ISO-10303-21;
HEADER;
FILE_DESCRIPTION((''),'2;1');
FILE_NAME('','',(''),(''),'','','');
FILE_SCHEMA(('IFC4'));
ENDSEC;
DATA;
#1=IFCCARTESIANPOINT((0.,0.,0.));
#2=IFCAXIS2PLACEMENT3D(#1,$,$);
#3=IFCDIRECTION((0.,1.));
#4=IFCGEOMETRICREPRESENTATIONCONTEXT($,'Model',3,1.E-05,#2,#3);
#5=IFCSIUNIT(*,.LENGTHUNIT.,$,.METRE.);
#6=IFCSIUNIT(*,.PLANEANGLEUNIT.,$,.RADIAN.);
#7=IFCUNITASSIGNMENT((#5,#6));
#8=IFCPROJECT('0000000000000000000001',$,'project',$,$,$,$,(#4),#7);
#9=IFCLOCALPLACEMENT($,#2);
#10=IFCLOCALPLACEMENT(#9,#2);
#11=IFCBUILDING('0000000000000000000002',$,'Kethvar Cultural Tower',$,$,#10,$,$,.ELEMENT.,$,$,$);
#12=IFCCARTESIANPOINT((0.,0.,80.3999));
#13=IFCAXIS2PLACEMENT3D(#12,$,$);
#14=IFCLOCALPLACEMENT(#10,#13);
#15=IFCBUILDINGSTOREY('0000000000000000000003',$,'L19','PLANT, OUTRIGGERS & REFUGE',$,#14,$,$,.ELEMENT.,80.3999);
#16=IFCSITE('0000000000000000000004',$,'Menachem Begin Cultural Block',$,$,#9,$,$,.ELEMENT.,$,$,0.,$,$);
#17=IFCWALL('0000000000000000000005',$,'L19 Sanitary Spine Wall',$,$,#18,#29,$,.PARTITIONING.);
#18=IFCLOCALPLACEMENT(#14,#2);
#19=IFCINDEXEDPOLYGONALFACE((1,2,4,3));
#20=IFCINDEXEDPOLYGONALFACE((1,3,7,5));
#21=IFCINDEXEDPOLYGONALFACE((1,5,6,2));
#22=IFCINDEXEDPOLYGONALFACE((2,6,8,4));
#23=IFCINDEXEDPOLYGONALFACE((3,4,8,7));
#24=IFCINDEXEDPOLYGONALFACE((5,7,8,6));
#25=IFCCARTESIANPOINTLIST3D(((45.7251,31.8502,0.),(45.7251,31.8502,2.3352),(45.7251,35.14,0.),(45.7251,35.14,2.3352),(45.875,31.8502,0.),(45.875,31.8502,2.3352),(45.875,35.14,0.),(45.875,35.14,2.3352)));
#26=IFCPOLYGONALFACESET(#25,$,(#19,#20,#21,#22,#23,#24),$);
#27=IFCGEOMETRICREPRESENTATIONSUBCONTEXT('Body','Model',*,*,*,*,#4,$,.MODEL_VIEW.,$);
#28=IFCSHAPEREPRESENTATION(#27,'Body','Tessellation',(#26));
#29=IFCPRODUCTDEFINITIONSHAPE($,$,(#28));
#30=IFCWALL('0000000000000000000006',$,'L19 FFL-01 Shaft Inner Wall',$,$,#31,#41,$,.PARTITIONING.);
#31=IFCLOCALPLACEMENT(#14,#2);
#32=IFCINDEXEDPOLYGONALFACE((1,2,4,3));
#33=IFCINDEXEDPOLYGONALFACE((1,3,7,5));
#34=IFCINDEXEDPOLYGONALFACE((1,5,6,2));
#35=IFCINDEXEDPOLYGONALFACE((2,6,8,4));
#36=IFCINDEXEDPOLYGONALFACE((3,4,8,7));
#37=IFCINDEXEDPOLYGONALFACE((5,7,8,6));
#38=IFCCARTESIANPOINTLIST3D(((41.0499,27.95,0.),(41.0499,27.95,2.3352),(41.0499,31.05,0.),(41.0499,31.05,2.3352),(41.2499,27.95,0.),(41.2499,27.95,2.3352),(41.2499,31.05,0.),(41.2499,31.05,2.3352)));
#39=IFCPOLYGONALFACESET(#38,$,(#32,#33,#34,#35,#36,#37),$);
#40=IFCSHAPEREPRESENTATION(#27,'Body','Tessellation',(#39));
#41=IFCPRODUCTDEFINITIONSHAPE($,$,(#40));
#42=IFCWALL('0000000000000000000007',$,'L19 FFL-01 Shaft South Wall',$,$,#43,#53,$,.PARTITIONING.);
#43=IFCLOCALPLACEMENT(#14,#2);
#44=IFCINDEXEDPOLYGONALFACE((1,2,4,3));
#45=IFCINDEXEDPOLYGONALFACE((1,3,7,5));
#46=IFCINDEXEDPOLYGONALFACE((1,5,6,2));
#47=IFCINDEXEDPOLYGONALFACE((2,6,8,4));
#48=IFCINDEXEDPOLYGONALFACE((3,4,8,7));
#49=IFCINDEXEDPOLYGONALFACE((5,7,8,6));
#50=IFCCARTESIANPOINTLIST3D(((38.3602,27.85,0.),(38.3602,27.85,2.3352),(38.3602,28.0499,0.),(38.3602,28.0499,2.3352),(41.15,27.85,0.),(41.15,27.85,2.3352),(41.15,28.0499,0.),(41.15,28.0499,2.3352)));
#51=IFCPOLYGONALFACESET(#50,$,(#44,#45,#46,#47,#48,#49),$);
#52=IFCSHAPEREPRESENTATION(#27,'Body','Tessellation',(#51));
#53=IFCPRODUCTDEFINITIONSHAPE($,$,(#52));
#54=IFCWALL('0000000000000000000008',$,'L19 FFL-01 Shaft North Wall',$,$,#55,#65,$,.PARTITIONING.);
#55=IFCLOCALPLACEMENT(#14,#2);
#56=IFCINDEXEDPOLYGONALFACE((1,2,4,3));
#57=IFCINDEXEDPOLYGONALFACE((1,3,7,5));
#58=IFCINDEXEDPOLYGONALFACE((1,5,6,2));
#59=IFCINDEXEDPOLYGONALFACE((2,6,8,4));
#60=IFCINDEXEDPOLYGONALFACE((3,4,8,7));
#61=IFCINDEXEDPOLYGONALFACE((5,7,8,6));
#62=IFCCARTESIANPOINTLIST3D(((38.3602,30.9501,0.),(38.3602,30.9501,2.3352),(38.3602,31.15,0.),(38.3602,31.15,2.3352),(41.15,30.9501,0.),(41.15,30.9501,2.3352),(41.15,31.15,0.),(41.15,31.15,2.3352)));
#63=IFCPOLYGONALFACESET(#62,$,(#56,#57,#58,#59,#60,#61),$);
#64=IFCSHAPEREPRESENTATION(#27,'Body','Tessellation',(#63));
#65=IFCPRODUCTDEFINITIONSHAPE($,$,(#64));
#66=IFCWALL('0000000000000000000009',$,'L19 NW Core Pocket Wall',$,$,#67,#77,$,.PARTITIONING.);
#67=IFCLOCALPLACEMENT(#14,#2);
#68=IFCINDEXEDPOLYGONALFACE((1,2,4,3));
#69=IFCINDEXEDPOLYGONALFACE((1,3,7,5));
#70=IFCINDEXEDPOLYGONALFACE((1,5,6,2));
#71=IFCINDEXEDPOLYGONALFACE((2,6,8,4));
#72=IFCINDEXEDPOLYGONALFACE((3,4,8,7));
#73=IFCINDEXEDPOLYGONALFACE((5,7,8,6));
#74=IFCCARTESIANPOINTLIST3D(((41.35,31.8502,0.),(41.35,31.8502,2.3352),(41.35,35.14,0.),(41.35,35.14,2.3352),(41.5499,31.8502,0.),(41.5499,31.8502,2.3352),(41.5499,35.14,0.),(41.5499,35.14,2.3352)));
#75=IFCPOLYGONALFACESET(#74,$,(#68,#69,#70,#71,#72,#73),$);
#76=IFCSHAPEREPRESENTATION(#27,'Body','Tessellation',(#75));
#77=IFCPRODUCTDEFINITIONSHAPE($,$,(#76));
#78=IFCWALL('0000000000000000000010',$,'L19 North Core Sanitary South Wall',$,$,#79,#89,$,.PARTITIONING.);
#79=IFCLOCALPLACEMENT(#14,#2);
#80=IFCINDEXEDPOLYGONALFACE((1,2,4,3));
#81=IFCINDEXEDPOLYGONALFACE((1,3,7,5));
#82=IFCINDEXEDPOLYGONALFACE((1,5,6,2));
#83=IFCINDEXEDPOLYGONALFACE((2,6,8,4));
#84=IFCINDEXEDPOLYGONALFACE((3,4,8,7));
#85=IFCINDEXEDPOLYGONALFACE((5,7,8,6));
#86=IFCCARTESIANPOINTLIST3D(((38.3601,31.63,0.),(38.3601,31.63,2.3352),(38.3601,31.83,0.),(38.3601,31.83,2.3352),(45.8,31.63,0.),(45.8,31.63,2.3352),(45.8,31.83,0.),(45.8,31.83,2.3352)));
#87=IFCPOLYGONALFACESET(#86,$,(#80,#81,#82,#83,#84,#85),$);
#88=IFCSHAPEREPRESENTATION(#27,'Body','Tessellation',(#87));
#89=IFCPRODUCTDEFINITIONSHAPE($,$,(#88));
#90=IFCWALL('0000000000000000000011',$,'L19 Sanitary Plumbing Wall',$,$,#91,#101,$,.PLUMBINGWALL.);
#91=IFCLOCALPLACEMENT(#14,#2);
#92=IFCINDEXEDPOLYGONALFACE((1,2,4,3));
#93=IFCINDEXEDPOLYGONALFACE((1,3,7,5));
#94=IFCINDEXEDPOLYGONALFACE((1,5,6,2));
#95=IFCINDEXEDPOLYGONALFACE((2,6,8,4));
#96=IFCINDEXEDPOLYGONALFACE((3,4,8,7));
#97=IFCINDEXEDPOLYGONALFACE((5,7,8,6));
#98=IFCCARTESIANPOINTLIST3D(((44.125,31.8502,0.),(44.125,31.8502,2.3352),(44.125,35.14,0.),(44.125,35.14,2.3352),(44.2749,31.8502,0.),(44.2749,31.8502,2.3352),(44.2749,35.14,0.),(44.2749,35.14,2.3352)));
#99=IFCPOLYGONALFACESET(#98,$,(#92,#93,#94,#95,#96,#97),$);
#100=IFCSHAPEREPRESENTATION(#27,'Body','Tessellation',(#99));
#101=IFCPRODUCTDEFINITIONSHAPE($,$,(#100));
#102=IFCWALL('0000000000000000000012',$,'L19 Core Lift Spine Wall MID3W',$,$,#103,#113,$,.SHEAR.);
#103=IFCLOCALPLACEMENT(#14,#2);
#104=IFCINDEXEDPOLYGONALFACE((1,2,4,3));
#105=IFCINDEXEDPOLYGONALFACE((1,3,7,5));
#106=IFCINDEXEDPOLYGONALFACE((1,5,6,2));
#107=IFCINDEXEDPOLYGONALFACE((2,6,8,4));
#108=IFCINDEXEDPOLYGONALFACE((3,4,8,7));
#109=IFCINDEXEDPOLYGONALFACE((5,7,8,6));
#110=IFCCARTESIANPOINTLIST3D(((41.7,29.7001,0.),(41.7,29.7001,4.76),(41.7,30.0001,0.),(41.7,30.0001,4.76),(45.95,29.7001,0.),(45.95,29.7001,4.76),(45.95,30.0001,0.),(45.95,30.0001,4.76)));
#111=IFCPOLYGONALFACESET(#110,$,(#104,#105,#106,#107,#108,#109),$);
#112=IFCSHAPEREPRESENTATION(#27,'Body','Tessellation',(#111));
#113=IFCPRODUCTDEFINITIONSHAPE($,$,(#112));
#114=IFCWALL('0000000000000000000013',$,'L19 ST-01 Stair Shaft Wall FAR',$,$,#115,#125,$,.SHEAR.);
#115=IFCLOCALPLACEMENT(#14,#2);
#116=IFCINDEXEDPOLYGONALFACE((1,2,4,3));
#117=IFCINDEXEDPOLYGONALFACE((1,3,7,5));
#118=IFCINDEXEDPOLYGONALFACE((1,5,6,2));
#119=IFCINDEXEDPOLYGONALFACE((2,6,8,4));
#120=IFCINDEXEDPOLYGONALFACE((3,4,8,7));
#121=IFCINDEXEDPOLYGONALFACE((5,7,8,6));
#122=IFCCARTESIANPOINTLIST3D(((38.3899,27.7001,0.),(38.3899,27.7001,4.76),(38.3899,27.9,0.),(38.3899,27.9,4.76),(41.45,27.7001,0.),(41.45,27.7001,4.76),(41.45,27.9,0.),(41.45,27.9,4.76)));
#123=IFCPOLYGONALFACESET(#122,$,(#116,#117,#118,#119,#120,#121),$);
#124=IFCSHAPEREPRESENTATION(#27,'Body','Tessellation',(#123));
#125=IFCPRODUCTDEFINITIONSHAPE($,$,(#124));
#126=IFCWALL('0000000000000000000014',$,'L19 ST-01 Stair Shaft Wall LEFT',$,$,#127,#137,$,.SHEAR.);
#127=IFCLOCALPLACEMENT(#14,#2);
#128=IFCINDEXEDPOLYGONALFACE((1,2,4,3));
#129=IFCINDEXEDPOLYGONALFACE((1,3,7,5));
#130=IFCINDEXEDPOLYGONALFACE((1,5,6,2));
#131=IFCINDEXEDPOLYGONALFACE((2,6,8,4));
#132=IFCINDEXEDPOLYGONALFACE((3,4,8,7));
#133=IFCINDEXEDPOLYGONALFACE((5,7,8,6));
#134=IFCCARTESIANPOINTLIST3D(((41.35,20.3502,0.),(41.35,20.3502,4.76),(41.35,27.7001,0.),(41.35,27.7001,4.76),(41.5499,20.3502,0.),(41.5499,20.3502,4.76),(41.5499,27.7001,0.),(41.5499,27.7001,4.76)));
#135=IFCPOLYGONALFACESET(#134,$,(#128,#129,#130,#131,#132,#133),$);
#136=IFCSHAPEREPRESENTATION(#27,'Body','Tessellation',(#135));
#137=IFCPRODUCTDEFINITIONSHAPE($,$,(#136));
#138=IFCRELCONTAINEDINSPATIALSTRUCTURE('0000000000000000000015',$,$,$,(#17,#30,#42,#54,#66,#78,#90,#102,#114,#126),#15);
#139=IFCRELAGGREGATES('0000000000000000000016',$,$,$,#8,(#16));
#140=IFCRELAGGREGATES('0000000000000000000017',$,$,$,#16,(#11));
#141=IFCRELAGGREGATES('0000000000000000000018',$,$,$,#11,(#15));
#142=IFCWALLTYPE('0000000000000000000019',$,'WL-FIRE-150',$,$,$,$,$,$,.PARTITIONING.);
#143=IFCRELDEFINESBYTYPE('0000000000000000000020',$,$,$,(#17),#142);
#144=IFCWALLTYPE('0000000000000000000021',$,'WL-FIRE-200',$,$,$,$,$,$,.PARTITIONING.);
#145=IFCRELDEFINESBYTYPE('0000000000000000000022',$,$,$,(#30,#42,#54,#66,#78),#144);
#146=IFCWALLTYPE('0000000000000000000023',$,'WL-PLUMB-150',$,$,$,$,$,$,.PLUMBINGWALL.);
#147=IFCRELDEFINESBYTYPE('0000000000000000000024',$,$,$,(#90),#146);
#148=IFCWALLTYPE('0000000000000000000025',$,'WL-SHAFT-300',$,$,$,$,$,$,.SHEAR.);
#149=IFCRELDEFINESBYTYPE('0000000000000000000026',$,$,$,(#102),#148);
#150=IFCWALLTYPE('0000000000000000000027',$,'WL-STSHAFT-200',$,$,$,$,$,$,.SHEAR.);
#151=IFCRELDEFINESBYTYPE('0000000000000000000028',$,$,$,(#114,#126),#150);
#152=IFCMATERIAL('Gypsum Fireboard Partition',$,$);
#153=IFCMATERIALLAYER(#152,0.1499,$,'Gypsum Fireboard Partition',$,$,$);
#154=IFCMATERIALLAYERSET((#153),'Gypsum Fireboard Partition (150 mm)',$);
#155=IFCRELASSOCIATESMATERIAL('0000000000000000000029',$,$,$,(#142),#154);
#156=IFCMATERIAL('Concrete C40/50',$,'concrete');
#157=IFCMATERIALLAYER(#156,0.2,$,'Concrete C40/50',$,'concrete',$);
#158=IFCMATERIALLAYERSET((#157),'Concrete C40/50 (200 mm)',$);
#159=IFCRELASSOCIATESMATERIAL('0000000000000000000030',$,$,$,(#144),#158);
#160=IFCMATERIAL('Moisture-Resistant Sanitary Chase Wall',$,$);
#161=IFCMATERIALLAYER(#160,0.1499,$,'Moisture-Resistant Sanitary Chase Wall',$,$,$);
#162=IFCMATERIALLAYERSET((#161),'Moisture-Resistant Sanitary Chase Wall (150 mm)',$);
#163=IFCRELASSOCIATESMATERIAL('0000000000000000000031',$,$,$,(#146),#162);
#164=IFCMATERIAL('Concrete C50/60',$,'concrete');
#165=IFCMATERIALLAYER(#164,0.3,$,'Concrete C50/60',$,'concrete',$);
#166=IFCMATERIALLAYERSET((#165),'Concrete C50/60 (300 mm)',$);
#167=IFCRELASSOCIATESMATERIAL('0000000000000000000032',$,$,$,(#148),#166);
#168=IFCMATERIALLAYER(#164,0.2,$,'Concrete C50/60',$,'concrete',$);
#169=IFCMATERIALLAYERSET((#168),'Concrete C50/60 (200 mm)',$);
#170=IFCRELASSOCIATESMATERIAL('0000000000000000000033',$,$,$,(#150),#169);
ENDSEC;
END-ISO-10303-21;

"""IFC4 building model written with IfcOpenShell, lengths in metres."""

from ifc_helpers import new_model, si_unit, direction, frame, frame_2d, origin, place, context, subcontext, project, spatial, rectangle, extrude, material, layer, layer_set, type_object, element, save


model = new_model("IFC4")

# Units and contexts
model_context = context("Model", 3, precision=1e-05, world=origin(), true_north=direction((0.0, 1.0)))
body_context = subcontext(model_context, "Body", "Model", "MODEL_VIEW")
ifc_project = project(units=[si_unit("LENGTHUNIT", "METRE"), si_unit("PLANEANGLEUNIT", "RADIAN")], contexts=[model_context])

# Site, building, storey
site_placement = place(None, origin())
site = spatial("IfcSite", under=ifc_project, at=site_placement, Name="Menachem Begin Cultural Block", CompositionType="ELEMENT", RefElevation=0.0)
building_placement = place(site_placement, origin())
building = spatial("IfcBuilding", under=site, at=building_placement, Name="Kethvar Cultural Tower", CompositionType="ELEMENT")
storey_placement = place(building_placement, frame((0.0, 0.0, 80.3999)))
storey = spatial("IfcBuildingStorey", under=building, at=storey_placement, Name="L19", Description="PLANT, OUTRIGGERS & REFUGE", CompositionType="ELEMENT", Elevation=80.3999)

# Walls
ifc_material_1 = material(Name="Gypsum Fireboard Partition")
ifc_layer_1 = layer(ifc_material_1, 0.1499, Name="Gypsum Fireboard Partition")
ifc_layer_set_1 = layer_set([ifc_layer_1], Name="Gypsum Fireboard Partition (150 mm)")
wall_type_1 = type_object("IfcWallType", Name="WL-FIRE-150", PredefinedType="PARTITIONING", material=ifc_layer_set_1)
wall_1_placement = place(storey_placement, frame((45.8, 31.8501, 0.0), z_axis=(0.0, 0.0, 1.0), x_axis=(0.0, 1.0, 0.0)))
element("IfcWall", 1, at=wall_1_placement, inside=storey, type_object=wall_type_1, Name="L19 Sanitary Spine Wall", PredefinedType="PARTITIONING", context=body_context, shape_type="SweptSolid", body=[
    extrude(rectangle(XDim=3.2898, YDim=0.1499, at=frame_2d((1.645, 0.0))), origin(), (0.0, 0.0, 1.0), 2.3352),
])
ifc_material_2 = material(Name="Concrete C40/50", Category="concrete")
ifc_layer_2 = layer(ifc_material_2, 0.2, Name="Concrete C40/50", Category="concrete")
ifc_layer_set_2 = layer_set([ifc_layer_2], Name="Concrete C40/50 (200 mm)")
wall_type_2 = type_object("IfcWallType", Name="WL-FIRE-200", PredefinedType="PARTITIONING", material=ifc_layer_set_2)
wall_2_placement = place(storey_placement, frame((41.1499, 27.95, 0.0), z_axis=(0.0, 0.0, 1.0), x_axis=(0.0, 1.0, 0.0)))
element("IfcWall", 2, at=wall_2_placement, inside=storey, type_object=wall_type_2, Name="L19 FFL-01 Shaft Inner Wall", PredefinedType="PARTITIONING", context=body_context, shape_type="SweptSolid", body=[
    extrude(rectangle(XDim=3.1001, YDim=0.2, at=frame_2d((1.55, 0.0))), origin(), (0.0, 0.0, 1.0), 2.3352),
])
for number, where, z_axis, x_axis, name in (
    (3, (38.3601, 27.95, 0.0), (0.0, 0.0, 1.0), (1.0, 0.0, 0.0), "L19 FFL-01 Shaft South Wall"),
    (4, (38.3601, 31.05, 0.0), (0.0, 0.0, 1.0), (1.0, 0.0, 0.0), "L19 FFL-01 Shaft North Wall"),
):
    element("IfcWall", number, at=place(storey_placement, frame(where, z_axis=z_axis, x_axis=x_axis)), inside=storey, type_object=wall_type_2, Name=name, PredefinedType="PARTITIONING", context=body_context, shape_type="SweptSolid", body=[
        extrude(rectangle(XDim=2.7898, YDim=0.2, at=frame_2d((1.395, 0.0))), origin(), (0.0, 0.0, 1.0), 2.3352),
    ])
wall_3_placement = place(storey_placement, frame((41.45, 31.8501, 0.0), z_axis=(0.0, 0.0, 1.0), x_axis=(0.0, 1.0, 0.0)))
element("IfcWall", 5, at=wall_3_placement, inside=storey, type_object=wall_type_2, Name="L19 NW Core Pocket Wall", PredefinedType="PARTITIONING", context=body_context, shape_type="SweptSolid", body=[
    extrude(rectangle(XDim=3.2898, YDim=0.2, at=frame_2d((1.645, 0.0))), origin(), (0.0, 0.0, 1.0), 2.3352),
])
wall_4_placement = place(storey_placement, frame((38.3601, 31.73, 0.0), z_axis=(0.0, 0.0, 1.0), x_axis=(1.0, 0.0, 0.0)))
element("IfcWall", 6, at=wall_4_placement, inside=storey, type_object=wall_type_2, Name="L19 North Core Sanitary South Wall", PredefinedType="PARTITIONING", context=body_context, shape_type="SweptSolid", body=[
    extrude(rectangle(XDim=7.4399, YDim=0.2, at=frame_2d((3.72, 0.0))), origin(), (0.0, 0.0, 1.0), 2.3352),
])
ifc_material_3 = material(Name="Moisture-Resistant Sanitary Chase Wall")
ifc_layer_3 = layer(ifc_material_3, 0.1499, Name="Moisture-Resistant Sanitary Chase Wall")
ifc_layer_set_3 = layer_set([ifc_layer_3], Name="Moisture-Resistant Sanitary Chase Wall (150 mm)")
wall_type_3 = type_object("IfcWallType", Name="WL-PLUMB-150", PredefinedType="PLUMBINGWALL", material=ifc_layer_set_3)
wall_5_placement = place(storey_placement, frame((44.2, 31.8501, 0.0), z_axis=(0.0, 0.0, 1.0), x_axis=(0.0, 1.0, 0.0)))
element("IfcWall", 7, at=wall_5_placement, inside=storey, type_object=wall_type_3, Name="L19 Sanitary Plumbing Wall", PredefinedType="PLUMBINGWALL", context=body_context, shape_type="SweptSolid", body=[
    extrude(rectangle(XDim=3.2898, YDim=0.1499, at=frame_2d((1.645, 0.0))), origin(), (0.0, 0.0, 1.0), 2.3352),
])
ifc_material_4 = material(Name="Concrete C50/60", Category="concrete")
ifc_layer_4 = layer(ifc_material_4, 0.3, Name="Concrete C50/60", Category="concrete")
ifc_layer_set_4 = layer_set([ifc_layer_4], Name="Concrete C50/60 (300 mm)")
wall_type_4 = type_object("IfcWallType", Name="WL-SHAFT-300", PredefinedType="SHEAR", material=ifc_layer_set_4)
wall_6_placement = place(storey_placement, frame((41.7, 29.8501, 0.0), z_axis=(0.0, 0.0, 1.0), x_axis=(1.0, 0.0, 0.0)))
element("IfcWall", 8, at=wall_6_placement, inside=storey, type_object=wall_type_4, Name="L19 Core Lift Spine Wall MID3W", PredefinedType="SHEAR", context=body_context, shape_type="SweptSolid", body=[
    extrude(rectangle(XDim=4.25, YDim=0.3, at=frame_2d((2.125, 0.0))), origin(), (0.0, 0.0, 1.0), 4.76),
])
ifc_layer_5 = layer(ifc_material_4, 0.2, Name="Concrete C50/60", Category="concrete")
ifc_layer_set_5 = layer_set([ifc_layer_5], Name="Concrete C50/60 (200 mm)")
wall_type_5 = type_object("IfcWallType", Name="WL-STSHAFT-200", PredefinedType="SHEAR", material=ifc_layer_set_5)
wall_7_placement = place(storey_placement, frame((38.3899, 27.8, 0.0), z_axis=(0.0, 0.0, 1.0), x_axis=(1.0, 0.0, 0.0)))
element("IfcWall", 9, at=wall_7_placement, inside=storey, type_object=wall_type_5, Name="L19 ST-01 Stair Shaft Wall FAR", PredefinedType="SHEAR", context=body_context, shape_type="SweptSolid", body=[
    extrude(rectangle(XDim=3.0601, YDim=0.2, at=frame_2d((1.53, 0.0))), origin(), (0.0, 0.0, 1.0), 4.76),
])
wall_8_placement = place(storey_placement, frame((41.45, 27.7, 0.0), z_axis=(0.0, 0.0, 1.0), x_axis=(0.0, -1.0, 0.0)))
element("IfcWall", 10, at=wall_8_placement, inside=storey, type_object=wall_type_5, Name="L19 ST-01 Stair Shaft Wall LEFT", PredefinedType="SHEAR", context=body_context, shape_type="SweptSolid", body=[
    extrude(rectangle(XDim=7.3499, YDim=0.2, at=frame_2d((3.6748, 0.0))), origin(), (0.0, 0.0, 1.0), 4.76),
])

save(model, "model.ifc")
